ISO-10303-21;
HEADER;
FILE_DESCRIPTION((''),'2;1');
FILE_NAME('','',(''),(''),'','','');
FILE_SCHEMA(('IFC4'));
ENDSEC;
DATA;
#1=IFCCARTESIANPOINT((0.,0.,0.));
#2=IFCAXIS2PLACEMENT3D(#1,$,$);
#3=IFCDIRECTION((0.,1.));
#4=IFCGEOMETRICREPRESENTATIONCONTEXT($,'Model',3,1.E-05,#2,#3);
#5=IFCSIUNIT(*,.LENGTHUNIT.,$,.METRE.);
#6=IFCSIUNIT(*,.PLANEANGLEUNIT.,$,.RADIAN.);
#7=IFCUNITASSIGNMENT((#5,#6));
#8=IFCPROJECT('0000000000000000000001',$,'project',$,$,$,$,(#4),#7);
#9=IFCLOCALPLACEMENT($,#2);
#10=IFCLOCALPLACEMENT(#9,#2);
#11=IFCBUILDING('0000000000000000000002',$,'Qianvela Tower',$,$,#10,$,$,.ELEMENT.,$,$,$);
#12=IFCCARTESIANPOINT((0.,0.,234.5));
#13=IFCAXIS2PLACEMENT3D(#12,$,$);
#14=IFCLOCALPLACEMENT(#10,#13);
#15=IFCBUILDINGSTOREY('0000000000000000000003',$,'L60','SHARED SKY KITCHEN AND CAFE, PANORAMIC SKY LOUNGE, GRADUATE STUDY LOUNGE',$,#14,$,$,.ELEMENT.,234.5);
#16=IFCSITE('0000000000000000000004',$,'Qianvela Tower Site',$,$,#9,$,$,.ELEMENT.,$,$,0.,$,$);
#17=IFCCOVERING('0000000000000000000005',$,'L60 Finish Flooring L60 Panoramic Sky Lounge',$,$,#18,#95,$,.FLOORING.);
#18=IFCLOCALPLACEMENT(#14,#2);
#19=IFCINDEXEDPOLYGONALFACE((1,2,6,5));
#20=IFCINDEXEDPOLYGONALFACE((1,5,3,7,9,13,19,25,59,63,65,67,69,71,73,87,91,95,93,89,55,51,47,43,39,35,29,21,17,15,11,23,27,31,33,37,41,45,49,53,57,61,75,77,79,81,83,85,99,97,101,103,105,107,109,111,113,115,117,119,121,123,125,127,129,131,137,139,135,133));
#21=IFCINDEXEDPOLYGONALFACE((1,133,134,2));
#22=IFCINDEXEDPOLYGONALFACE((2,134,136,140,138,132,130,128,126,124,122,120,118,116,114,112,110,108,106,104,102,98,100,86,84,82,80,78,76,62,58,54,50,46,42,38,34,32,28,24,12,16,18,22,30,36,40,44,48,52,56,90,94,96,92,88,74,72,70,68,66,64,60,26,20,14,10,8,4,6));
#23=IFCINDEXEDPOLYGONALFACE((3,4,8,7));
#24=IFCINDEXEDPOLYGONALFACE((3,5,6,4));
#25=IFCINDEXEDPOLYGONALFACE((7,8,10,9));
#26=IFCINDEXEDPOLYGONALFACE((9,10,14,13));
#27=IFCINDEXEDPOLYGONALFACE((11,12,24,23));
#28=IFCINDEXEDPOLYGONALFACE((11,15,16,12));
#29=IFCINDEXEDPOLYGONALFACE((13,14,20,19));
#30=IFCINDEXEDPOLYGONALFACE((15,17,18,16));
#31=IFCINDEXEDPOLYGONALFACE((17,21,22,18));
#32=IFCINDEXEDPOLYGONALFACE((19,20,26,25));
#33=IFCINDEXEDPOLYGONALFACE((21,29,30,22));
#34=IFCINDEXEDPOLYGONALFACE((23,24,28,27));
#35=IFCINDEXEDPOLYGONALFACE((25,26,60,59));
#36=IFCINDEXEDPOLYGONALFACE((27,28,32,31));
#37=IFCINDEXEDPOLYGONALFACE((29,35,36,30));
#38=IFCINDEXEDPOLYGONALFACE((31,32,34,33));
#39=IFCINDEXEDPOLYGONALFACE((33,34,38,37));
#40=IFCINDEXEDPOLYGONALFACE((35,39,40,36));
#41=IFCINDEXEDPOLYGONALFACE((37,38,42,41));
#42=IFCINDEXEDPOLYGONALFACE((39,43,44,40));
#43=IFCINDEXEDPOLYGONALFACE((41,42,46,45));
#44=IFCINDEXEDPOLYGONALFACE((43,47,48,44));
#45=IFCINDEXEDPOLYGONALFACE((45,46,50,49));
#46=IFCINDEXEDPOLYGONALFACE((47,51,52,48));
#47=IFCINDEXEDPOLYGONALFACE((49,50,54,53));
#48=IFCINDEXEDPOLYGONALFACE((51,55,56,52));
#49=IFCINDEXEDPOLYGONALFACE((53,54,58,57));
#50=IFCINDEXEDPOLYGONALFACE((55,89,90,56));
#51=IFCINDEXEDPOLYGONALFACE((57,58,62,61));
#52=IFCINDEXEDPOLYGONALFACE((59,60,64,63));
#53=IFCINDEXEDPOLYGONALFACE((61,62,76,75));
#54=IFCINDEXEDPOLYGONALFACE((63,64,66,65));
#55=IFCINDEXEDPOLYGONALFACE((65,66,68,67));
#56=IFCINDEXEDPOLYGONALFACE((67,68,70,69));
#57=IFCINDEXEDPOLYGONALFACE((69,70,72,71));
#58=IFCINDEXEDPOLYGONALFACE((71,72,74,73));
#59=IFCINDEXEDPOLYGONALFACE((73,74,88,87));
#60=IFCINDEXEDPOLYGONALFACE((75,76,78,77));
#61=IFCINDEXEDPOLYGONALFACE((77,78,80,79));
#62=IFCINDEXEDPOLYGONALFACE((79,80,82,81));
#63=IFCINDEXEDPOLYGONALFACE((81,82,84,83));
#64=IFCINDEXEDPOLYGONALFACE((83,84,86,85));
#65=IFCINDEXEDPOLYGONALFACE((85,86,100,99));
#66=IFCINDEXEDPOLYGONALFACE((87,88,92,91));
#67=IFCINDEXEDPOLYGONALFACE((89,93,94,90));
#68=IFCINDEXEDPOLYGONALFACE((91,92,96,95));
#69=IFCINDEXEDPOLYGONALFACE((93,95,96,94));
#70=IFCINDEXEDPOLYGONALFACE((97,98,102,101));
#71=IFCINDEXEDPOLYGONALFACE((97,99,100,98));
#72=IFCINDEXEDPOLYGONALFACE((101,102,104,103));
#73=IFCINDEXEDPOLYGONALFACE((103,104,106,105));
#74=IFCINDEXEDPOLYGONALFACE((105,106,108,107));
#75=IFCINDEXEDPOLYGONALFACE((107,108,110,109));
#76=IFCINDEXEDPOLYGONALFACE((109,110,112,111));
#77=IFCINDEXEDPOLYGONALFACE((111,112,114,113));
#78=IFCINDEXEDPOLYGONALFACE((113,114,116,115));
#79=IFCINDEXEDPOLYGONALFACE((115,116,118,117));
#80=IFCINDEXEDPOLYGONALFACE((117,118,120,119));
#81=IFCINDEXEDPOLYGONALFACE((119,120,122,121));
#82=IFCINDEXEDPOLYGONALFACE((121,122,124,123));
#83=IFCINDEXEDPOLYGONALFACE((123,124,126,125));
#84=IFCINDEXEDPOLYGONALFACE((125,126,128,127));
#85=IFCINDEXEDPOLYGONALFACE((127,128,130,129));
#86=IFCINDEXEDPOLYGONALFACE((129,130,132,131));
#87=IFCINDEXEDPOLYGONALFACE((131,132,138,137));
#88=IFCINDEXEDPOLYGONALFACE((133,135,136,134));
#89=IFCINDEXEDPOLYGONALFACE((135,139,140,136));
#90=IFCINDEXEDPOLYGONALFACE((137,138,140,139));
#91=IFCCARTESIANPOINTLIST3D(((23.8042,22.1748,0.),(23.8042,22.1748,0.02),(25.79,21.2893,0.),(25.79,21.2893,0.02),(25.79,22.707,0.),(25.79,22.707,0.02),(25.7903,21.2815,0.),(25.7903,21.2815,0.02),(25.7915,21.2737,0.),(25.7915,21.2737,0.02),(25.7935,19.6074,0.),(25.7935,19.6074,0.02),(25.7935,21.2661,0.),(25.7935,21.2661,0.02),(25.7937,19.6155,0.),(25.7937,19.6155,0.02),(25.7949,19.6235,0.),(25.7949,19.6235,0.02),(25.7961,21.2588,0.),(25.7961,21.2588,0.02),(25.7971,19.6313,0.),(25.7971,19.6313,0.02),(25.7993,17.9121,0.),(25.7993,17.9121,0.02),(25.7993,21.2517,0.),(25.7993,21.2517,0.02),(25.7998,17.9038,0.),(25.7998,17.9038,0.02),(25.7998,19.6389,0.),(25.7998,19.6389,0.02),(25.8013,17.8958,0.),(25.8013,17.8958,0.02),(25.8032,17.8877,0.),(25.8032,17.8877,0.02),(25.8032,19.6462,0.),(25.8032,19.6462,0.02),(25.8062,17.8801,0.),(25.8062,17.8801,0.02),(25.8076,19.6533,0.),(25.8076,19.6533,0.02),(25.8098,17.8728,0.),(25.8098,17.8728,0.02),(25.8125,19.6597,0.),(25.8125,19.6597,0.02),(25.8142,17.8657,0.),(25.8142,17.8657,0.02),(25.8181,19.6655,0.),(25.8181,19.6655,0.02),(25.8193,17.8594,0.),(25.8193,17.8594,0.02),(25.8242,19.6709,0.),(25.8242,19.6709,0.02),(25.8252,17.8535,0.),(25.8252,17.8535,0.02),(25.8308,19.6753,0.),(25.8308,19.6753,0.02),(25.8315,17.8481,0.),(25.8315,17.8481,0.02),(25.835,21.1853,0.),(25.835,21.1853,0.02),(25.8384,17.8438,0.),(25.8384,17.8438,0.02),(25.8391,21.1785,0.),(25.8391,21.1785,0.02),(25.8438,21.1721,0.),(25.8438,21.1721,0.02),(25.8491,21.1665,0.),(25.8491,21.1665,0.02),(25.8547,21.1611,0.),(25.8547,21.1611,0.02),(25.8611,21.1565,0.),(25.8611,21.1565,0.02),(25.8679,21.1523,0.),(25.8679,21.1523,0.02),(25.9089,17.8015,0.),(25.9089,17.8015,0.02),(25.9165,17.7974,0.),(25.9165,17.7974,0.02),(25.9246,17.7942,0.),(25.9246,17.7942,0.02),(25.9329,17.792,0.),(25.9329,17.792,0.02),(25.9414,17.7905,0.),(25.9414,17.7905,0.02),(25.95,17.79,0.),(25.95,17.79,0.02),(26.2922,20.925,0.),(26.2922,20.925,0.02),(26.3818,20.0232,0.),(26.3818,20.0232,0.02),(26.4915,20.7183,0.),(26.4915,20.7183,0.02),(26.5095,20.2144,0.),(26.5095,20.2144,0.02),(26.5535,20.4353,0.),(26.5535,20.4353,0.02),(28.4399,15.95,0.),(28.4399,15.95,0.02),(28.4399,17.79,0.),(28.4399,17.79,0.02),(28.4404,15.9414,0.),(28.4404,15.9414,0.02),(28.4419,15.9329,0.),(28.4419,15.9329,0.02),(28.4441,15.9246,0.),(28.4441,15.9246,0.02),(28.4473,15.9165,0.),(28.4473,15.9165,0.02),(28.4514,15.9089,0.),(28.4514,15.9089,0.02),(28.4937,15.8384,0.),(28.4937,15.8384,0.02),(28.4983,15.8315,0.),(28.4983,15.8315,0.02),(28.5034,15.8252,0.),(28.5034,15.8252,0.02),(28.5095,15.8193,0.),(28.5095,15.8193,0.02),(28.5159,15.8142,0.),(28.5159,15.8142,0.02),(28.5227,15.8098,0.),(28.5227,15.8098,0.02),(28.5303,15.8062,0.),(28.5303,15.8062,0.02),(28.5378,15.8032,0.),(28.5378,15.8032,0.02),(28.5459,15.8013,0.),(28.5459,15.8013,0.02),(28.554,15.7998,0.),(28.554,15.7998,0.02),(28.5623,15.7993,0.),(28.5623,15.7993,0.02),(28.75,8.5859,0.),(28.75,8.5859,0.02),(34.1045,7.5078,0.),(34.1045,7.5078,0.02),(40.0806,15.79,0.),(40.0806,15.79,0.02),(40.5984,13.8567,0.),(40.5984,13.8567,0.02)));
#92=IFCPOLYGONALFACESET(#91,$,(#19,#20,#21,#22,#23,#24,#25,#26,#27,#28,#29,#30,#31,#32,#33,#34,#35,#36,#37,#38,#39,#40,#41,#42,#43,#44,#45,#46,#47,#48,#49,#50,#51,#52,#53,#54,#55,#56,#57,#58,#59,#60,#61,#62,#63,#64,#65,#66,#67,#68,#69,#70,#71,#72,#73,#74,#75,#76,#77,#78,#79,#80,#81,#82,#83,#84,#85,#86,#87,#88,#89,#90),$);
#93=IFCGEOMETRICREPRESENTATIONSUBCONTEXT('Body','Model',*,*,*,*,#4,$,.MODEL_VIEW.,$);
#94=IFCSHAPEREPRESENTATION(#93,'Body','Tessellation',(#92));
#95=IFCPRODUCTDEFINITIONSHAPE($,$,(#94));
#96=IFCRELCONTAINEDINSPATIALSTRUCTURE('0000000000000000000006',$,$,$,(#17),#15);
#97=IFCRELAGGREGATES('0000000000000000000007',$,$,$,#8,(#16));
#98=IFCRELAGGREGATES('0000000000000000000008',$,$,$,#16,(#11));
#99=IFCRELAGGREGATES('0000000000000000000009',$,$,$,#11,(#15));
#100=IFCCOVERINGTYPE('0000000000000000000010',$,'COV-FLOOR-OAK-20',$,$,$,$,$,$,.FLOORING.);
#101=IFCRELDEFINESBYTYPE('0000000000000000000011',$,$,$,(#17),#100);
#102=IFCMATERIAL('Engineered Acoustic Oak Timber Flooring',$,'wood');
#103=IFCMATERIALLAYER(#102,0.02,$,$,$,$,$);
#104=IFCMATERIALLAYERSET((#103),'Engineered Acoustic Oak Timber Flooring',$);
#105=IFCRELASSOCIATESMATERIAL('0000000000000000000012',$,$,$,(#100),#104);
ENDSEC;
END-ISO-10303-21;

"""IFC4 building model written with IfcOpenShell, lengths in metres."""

from ifc_helpers import new_model, si_unit, direction, frame, origin, place, context, subcontext, project, spatial, polyline, outline, extrude, material, layer, layer_set, type_object, element, save


model = new_model("IFC4")

# Units and contexts
model_context = context("Model", 3, precision=1e-05, world=origin(), true_north=direction((0.0, 1.0)))
body_context = subcontext(model_context, "Body", "Model", "MODEL_VIEW")
ifc_project = project(units=[si_unit("LENGTHUNIT", "METRE"), si_unit("PLANEANGLEUNIT", "RADIAN")], contexts=[model_context])

# Site, building, storey
site_placement = place(None, origin())
site = spatial("IfcSite", under=ifc_project, at=site_placement, Name="Qianvela Tower Site", CompositionType="ELEMENT", RefElevation=0.0)
building_placement = place(site_placement, origin())
building = spatial("IfcBuilding", under=site, at=building_placement, Name="Qianvela Tower", CompositionType="ELEMENT")
storey_placement = place(building_placement, frame((0.0, 0.0, 234.5)))
storey = spatial("IfcBuildingStorey", under=building, at=storey_placement, Name="L60", Description="SHARED SKY KITCHEN AND CAFE, PANORAMIC SKY LOUNGE, GRADUATE STUDY LOUNGE", CompositionType="ELEMENT", Elevation=234.5)

# Covering
ifc_material_1 = material(Name="Engineered Acoustic Oak Timber Flooring", Category="wood")
ifc_layer_1 = layer(ifc_material_1, 0.02)
ifc_layer_set_1 = layer_set([ifc_layer_1], Name="Engineered Acoustic Oak Timber Flooring")
covering_type_1 = type_object("IfcCoveringType", Name="COV-FLOOR-OAK-20", PredefinedType="FLOORING", material=ifc_layer_set_1)
covering_1_placement = place(storey_placement, origin())
element("IfcCovering", 1, at=covering_1_placement, inside=storey, type_object=covering_type_1, Name="L60 Finish Flooring L60 Panoramic Sky Lounge", PredefinedType="FLOORING", context=body_context, shape_type="SweptSolid", body=[
    extrude(outline(polyline([(26.2922, 20.925), (26.4915, 20.7183), (26.5535, 20.4353), (26.5095, 20.2144), (26.3818, 20.0232), (25.8308, 19.6753), (25.8242, 19.6709), (25.8181, 19.6655), (25.8125, 19.6597), (25.8076, 19.6533), (25.8032, 19.6462), (25.7998, 19.6389), (25.7971, 19.6313), (25.7949, 19.6235), (25.7937, 19.6155), (25.7935, 19.6074), (25.7993, 17.9121), (25.7998, 17.9038), (25.8013, 17.8958), (25.8032, 17.8877), (25.8062, 17.8801), (25.8098, 17.8728), (25.8142, 17.8657), (25.8193, 17.8594), (25.8252, 17.8535), (25.8315, 17.8481), (25.8384, 17.8438), (25.9089, 17.8015), (25.9165, 17.7974), (25.9246, 17.7942), (25.9329, 17.792), (25.9414, 17.7905), (25.95, 17.79), (28.4399, 17.79), (28.4399, 15.95), (28.4404, 15.9414), (28.4419, 15.9329), (28.4441, 15.9246), (28.4473, 15.9165), (28.4514, 15.9089), (28.4937, 15.8384), (28.4983, 15.8315), (28.5034, 15.8252), (28.5095, 15.8193), (28.5159, 15.8142), (28.5227, 15.8098), (28.5303, 15.8062), (28.5378, 15.8032), (28.5459, 15.8013), (28.554, 15.7998), (28.5623, 15.7993), (40.0806, 15.79), (40.5984, 13.8567), (34.1045, 7.5078), (28.75, 8.5859), (23.8042, 22.1748), (25.79, 22.707), (25.79, 21.2893), (25.7903, 21.2815), (25.7915, 21.2737), (25.7935, 21.2661), (25.7961, 21.2588), (25.7993, 21.2517), (25.835, 21.1853), (25.8391, 21.1785), (25.8438, 21.1721), (25.8491, 21.1665), (25.8547, 21.1611), (25.8611, 21.1565), (25.8679, 21.1523), (26.2922, 20.925)])), origin(), (0.0, 0.0, 1.0), 0.02),
])

save(model, "model.ifc")
